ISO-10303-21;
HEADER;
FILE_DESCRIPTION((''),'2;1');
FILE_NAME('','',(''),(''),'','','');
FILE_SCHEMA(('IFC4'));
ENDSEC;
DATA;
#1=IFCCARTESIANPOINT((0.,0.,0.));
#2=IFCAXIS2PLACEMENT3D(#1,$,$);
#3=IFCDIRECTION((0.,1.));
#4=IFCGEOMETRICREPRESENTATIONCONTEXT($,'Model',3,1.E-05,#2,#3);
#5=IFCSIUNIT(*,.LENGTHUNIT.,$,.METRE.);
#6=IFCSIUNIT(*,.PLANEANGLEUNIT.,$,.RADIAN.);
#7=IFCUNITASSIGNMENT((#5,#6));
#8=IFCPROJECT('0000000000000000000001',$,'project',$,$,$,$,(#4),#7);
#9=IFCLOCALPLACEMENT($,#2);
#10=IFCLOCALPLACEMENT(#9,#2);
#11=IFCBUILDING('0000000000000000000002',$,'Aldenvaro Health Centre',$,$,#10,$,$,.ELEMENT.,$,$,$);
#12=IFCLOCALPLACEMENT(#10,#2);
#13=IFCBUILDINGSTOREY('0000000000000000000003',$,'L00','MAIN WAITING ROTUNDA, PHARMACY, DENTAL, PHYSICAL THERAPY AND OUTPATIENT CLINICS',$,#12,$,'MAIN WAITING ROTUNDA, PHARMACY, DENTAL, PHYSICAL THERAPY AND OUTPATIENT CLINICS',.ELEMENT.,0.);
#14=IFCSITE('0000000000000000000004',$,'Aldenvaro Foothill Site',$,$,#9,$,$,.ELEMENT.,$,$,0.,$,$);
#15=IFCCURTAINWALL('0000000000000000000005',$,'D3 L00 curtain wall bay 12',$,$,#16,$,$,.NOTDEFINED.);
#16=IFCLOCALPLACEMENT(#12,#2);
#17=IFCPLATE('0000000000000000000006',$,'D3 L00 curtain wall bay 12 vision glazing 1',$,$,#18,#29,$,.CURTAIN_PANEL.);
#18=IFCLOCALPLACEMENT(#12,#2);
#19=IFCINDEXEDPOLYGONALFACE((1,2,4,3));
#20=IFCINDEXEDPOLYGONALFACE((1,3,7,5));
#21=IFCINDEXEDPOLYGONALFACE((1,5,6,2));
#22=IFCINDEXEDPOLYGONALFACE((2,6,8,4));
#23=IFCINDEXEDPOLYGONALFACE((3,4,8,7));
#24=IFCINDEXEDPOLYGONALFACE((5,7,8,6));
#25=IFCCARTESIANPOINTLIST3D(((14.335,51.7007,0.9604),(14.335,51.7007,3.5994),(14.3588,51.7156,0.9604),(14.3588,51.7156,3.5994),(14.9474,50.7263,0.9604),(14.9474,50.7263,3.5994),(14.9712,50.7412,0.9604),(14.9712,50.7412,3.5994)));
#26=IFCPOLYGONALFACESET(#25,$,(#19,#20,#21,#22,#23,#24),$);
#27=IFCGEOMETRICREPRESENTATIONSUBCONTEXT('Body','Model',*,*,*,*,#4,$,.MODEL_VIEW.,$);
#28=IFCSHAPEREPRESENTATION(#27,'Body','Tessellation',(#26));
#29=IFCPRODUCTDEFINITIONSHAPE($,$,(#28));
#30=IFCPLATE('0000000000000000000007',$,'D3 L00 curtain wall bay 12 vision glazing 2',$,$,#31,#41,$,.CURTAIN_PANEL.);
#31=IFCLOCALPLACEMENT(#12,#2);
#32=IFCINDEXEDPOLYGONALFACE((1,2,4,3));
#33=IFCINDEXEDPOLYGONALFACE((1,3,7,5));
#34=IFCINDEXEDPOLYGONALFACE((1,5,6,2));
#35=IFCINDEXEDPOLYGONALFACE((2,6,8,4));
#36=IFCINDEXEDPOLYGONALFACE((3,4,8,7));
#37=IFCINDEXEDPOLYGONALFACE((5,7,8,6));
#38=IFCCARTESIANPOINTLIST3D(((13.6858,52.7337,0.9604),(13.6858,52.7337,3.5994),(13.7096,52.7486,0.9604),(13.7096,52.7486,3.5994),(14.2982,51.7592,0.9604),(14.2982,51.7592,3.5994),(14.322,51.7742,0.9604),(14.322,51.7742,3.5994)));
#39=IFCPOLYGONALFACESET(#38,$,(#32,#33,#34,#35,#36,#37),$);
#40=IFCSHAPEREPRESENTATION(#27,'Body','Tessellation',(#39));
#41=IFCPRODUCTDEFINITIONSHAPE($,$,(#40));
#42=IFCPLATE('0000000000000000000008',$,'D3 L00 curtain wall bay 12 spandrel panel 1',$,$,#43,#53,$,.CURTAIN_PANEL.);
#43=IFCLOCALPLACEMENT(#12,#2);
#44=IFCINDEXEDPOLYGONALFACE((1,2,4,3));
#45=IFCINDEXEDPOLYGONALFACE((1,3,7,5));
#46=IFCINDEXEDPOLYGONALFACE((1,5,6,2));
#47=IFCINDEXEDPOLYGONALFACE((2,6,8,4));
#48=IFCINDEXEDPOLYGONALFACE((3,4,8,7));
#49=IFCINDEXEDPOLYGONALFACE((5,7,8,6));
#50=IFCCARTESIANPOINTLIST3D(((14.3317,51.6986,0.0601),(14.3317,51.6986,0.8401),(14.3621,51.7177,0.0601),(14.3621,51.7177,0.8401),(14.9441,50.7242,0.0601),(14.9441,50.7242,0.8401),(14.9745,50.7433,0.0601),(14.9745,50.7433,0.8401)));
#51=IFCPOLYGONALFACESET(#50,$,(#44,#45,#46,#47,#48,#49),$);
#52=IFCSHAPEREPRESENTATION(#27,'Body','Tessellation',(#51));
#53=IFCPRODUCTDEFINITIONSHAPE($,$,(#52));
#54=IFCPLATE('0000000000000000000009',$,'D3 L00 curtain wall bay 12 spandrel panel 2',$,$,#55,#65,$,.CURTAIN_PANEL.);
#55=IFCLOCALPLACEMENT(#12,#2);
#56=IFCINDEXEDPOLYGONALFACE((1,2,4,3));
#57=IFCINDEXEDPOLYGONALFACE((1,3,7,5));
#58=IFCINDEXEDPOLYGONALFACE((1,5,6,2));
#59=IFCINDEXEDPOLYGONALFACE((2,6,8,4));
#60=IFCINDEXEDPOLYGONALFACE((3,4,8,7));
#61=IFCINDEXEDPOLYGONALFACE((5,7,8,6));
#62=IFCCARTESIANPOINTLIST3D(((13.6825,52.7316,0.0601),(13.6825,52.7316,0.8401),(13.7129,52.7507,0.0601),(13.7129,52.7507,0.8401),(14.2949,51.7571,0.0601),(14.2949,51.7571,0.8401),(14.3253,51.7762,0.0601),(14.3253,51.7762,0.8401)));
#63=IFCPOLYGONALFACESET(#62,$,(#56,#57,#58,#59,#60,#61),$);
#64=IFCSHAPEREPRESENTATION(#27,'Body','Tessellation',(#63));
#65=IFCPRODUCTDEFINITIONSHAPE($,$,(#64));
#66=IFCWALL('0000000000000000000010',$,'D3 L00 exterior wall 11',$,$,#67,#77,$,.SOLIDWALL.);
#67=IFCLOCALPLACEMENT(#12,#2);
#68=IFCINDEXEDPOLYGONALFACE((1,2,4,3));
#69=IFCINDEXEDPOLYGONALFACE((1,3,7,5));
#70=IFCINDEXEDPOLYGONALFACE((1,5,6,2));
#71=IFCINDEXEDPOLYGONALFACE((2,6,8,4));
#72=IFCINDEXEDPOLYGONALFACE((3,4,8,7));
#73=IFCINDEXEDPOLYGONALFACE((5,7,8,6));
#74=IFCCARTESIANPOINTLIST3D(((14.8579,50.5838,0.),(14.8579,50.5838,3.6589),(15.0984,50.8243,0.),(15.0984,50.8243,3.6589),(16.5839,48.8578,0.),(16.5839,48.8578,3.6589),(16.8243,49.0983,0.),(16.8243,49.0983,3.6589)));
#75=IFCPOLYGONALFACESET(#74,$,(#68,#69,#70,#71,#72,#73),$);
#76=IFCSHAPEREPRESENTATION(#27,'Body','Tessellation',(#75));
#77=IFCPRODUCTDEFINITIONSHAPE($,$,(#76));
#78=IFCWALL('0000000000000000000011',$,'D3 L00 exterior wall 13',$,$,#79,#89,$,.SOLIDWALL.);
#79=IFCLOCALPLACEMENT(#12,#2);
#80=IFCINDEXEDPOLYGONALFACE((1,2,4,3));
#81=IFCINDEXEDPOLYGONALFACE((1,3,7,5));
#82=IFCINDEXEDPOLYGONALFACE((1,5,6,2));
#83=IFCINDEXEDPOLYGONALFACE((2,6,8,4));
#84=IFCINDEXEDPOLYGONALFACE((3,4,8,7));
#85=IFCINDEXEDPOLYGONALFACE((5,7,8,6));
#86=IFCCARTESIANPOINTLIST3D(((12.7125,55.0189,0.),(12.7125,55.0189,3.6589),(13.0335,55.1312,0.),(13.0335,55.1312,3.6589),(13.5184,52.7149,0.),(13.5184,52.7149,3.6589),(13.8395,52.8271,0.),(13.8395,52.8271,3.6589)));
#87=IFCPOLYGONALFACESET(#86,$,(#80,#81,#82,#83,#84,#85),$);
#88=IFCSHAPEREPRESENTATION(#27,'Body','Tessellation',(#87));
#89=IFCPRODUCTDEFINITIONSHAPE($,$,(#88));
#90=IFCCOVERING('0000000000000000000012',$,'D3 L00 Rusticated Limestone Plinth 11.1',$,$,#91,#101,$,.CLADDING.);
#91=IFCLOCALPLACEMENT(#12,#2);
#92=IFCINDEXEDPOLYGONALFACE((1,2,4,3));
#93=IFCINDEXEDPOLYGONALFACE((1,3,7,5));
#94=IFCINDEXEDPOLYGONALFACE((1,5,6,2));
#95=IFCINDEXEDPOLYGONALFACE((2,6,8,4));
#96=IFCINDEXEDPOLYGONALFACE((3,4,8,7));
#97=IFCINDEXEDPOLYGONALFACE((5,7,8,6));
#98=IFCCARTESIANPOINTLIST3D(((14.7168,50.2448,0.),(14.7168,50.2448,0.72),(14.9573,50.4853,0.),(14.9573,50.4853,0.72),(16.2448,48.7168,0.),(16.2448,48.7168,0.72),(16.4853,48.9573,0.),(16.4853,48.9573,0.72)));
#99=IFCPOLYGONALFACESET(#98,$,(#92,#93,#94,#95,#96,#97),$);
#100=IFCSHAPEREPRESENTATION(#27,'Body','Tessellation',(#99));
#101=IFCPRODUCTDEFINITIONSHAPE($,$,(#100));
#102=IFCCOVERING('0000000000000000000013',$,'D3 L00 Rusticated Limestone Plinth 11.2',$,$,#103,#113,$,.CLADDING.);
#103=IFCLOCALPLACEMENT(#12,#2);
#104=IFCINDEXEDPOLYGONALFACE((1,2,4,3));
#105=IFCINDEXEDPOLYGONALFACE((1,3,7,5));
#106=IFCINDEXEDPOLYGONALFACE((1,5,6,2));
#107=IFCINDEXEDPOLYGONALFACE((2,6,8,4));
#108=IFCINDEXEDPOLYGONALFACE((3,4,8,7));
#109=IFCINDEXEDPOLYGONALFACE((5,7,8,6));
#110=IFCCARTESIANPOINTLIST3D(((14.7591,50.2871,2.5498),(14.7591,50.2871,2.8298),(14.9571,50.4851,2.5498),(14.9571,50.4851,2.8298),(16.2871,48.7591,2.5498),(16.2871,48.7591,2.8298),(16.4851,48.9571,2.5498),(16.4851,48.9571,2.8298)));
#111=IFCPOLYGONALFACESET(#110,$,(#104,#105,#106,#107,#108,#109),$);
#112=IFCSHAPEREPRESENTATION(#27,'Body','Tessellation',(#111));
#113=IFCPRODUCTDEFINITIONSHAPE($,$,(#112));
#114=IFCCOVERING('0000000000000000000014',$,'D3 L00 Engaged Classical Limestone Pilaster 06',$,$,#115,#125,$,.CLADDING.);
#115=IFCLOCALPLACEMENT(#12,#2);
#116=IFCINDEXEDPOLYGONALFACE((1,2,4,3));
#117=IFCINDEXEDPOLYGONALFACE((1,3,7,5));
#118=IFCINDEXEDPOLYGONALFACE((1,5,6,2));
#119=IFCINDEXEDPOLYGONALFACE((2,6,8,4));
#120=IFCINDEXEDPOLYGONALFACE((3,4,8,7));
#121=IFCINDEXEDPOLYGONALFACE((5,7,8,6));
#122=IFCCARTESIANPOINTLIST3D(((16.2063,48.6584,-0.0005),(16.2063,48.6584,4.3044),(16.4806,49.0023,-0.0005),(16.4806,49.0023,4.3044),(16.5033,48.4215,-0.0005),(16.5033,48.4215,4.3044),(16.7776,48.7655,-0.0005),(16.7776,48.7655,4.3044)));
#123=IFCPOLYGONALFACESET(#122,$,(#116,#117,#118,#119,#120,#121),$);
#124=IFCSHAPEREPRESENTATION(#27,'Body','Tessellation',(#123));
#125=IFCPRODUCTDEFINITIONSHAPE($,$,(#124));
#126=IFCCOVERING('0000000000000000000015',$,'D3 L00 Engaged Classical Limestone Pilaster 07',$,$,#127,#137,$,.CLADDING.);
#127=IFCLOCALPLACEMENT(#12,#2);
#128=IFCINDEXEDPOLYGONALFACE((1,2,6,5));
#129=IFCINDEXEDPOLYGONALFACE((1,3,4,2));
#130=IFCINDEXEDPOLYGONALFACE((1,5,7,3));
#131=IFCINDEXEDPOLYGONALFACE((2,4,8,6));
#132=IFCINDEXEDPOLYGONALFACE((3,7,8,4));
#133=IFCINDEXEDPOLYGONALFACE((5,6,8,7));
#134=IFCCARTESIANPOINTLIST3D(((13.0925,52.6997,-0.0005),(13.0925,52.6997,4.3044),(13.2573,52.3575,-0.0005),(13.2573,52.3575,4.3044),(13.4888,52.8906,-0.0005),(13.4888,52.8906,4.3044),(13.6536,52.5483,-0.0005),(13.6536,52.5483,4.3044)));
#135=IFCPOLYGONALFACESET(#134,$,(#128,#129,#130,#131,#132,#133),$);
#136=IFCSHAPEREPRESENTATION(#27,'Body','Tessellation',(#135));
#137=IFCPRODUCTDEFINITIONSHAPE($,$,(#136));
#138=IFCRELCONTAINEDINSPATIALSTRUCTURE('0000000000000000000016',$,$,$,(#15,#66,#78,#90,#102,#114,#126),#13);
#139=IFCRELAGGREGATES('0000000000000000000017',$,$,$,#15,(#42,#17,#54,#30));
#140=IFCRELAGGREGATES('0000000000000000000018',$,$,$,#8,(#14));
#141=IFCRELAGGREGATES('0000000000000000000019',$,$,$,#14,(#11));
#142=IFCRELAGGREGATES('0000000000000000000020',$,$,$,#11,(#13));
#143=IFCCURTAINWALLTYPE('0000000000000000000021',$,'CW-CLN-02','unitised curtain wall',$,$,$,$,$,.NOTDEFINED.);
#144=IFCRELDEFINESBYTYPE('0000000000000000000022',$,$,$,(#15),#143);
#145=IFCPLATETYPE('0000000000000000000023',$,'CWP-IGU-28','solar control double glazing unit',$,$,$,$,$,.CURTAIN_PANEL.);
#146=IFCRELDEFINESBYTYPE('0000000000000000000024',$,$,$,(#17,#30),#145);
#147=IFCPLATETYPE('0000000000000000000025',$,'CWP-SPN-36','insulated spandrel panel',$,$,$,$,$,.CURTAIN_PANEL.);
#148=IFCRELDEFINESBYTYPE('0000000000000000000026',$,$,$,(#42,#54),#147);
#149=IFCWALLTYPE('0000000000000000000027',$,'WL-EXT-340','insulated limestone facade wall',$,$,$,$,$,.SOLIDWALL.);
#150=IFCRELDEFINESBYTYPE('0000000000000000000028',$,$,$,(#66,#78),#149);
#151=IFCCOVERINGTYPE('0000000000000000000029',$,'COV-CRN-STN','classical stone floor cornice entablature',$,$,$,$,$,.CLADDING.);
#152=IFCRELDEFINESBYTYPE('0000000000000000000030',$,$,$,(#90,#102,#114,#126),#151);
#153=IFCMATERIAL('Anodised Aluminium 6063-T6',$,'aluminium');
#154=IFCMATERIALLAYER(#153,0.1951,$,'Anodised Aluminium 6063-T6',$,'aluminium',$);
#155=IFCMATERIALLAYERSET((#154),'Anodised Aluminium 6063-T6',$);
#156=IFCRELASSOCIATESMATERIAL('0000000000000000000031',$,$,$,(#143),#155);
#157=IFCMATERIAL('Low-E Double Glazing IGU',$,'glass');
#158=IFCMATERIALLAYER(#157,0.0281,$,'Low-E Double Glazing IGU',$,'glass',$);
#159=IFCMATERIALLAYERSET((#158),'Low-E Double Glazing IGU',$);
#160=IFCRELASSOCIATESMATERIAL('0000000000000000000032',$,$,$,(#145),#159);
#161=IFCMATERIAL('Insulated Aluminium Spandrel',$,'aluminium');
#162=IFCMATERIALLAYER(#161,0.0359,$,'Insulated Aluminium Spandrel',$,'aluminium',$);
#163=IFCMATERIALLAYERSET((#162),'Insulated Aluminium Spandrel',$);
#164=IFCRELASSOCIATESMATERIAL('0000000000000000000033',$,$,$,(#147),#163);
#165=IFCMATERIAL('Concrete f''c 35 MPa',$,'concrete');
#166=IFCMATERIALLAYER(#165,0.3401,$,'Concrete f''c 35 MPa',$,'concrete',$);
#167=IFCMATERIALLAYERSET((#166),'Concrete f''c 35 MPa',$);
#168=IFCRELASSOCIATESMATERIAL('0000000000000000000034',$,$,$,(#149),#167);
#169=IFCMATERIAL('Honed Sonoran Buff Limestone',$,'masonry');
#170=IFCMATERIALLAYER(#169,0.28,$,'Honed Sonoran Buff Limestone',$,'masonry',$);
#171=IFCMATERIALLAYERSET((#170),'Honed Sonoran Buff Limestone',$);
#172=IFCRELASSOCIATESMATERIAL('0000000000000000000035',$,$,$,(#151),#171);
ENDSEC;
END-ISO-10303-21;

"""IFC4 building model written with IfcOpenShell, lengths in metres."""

from ifc_helpers import new_model, si_unit, direction, frame, frame_2d, origin, origin_2d, place, context, subcontext, project, spatial, rectangle, extrude, material, layer, layer_set, type_object, element, aggregate, save


model = new_model("IFC4")

# Units and contexts
model_context = context("Model", 3, precision=1e-05, world=origin(), true_north=direction((0.0, 1.0)))
body_context = subcontext(model_context, "Body", "Model", "MODEL_VIEW")
ifc_project = project(units=[si_unit("LENGTHUNIT", "METRE"), si_unit("PLANEANGLEUNIT", "RADIAN")], contexts=[model_context])

# Site, building, storey
site_placement = place(None, origin())
site = spatial("IfcSite", under=ifc_project, at=site_placement, Name="Aldenvaro Foothill Site", CompositionType="ELEMENT", RefElevation=0.0)
building_placement = place(site_placement, origin())
building = spatial("IfcBuilding", under=site, at=building_placement, Name="Aldenvaro Health Centre", CompositionType="ELEMENT")
storey_placement = place(building_placement, origin())
storey = spatial("IfcBuildingStorey", under=building, at=storey_placement, Name="L00", Description="MAIN WAITING ROTUNDA, PHARMACY, DENTAL, PHYSICAL THERAPY AND OUTPATIENT CLINICS", LongName="MAIN WAITING ROTUNDA, PHARMACY, DENTAL, PHYSICAL THERAPY AND OUTPATIENT CLINICS", CompositionType="ELEMENT", Elevation=0.0)

# Curtain wall
ifc_material_1 = material(Name="Anodised Aluminium 6063-T6", Category="aluminium")
ifc_layer_1 = layer(ifc_material_1, 0.1951, Name="Anodised Aluminium 6063-T6", Category="aluminium")
ifc_layer_set_1 = layer_set([ifc_layer_1], Name="Anodised Aluminium 6063-T6")
curtain_wall_type = type_object("IfcCurtainWallType", Name="CW-CLN-02", Description="unitised curtain wall", PredefinedType="NOTDEFINED", material=ifc_layer_set_1)
curtain_wall_placement = place(storey_placement, origin())
curtain_wall = element("IfcCurtainWall", 1, at=curtain_wall_placement, inside=storey, type_object=curtain_wall_type, Name="D3 L00 curtain wall bay 12", PredefinedType="NOTDEFINED")

# Plates
ifc_material_2 = material(Name="Low-E Double Glazing IGU", Category="glass")
ifc_layer_2 = layer(ifc_material_2, 0.0281, Name="Low-E Double Glazing IGU", Category="glass")
ifc_layer_set_2 = layer_set([ifc_layer_2], Name="Low-E Double Glazing IGU")
plate_type_1 = type_object("IfcPlateType", Name="CWP-IGU-28", Description="solar control double glazing unit", PredefinedType="CURTAIN_PANEL", material=ifc_layer_set_2)
plate_1_placement = place(storey_placement, frame((14.6531, 51.2209, 0.9604), z_axis=(0.0, 0.0, 1.0), x_axis=(-0.532096, 0.846684, 0.0)))
plate_1 = element("IfcPlate", 2, at=plate_1_placement, type_object=plate_type_1, Name="D3 L00 curtain wall bay 12 vision glazing 1", PredefinedType="CURTAIN_PANEL", context=body_context, shape_type="SweptSolid", body=[
    extrude(rectangle(XDim=1.1509, YDim=0.0281, at=origin_2d()), origin(), (0.0, 0.0, 1.0), 2.6389),
])
plate_2_placement = place(storey_placement, frame((14.0039, 52.2539, 0.9604), z_axis=(0.0, 0.0, 1.0), x_axis=(-0.532096, 0.846684, 0.0)))
plate_2 = element("IfcPlate", 3, at=plate_2_placement, type_object=plate_type_1, Name="D3 L00 curtain wall bay 12 vision glazing 2", PredefinedType="CURTAIN_PANEL", context=body_context, shape_type="SweptSolid", body=[
    extrude(rectangle(XDim=1.1509, YDim=0.0281, at=origin_2d()), origin(), (0.0, 0.0, 1.0), 2.6389),
])
ifc_material_3 = material(Name="Insulated Aluminium Spandrel", Category="aluminium")
ifc_layer_3 = layer(ifc_material_3, 0.0359, Name="Insulated Aluminium Spandrel", Category="aluminium")
ifc_layer_set_3 = layer_set([ifc_layer_3], Name="Insulated Aluminium Spandrel")
plate_type_2 = type_object("IfcPlateType", Name="CWP-SPN-36", Description="insulated spandrel panel", PredefinedType="CURTAIN_PANEL", material=ifc_layer_set_3)
plate_3_placement = place(storey_placement, frame((14.6531, 51.2209, 0.0601), z_axis=(0.0, 0.0, 1.0), x_axis=(-0.532096, 0.846684, 0.0)))
plate_3 = element("IfcPlate", 4, at=plate_3_placement, type_object=plate_type_2, Name="D3 L00 curtain wall bay 12 spandrel panel 1", PredefinedType="CURTAIN_PANEL", context=body_context, shape_type="SweptSolid", body=[
    extrude(rectangle(XDim=1.1509, YDim=0.0359, at=origin_2d()), origin(), (0.0, 0.0, 1.0), 0.78),
])
plate_4_placement = place(storey_placement, frame((14.0039, 52.2539, 0.0601), z_axis=(0.0, 0.0, 1.0), x_axis=(-0.532096, 0.846684, 0.0)))
plate_4 = element("IfcPlate", 5, at=plate_4_placement, type_object=plate_type_2, Name="D3 L00 curtain wall bay 12 spandrel panel 2", PredefinedType="CURTAIN_PANEL", context=body_context, shape_type="SweptSolid", body=[
    extrude(rectangle(XDim=1.1509, YDim=0.0359, at=origin_2d()), origin(), (0.0, 0.0, 1.0), 0.78),
])
aggregate(curtain_wall, [plate_3, plate_1, plate_4, plate_2])

# Walls
ifc_material_4 = material(Name="Concrete f'c 35 MPa", Category="concrete")
ifc_layer_4 = layer(ifc_material_4, 0.3401, Name="Concrete f'c 35 MPa", Category="concrete")
ifc_layer_set_4 = layer_set([ifc_layer_4], Name="Concrete f'c 35 MPa")
wall_type = type_object("IfcWallType", Name="WL-EXT-340", Description="insulated limestone facade wall", PredefinedType="SOLIDWALL", material=ifc_layer_set_4)
for number, where, z_axis, x_axis, name in (
    (6, (16.7041, 48.978, 0.0), (0.0, 0.0, 1.0), (-0.707107, 0.707107, 0.0), "D3 L00 exterior wall 11"),
    (7, (13.679, 52.771, 0.0), (0.0, 0.0, 1.0), (-0.330177, 0.943919, 0.0), "D3 L00 exterior wall 13"),
):
    element("IfcWall", number, at=place(storey_placement, frame(where, z_axis=z_axis, x_axis=x_axis)), inside=storey, type_object=wall_type, Name=name, PredefinedType="SOLIDWALL", context=body_context, shape_type="SweptSolid", body=[
        extrude(rectangle(XDim=2.4409, YDim=0.3401, at=frame_2d((1.2205, 0.0))), origin(), (0.0, 0.0, 1.0), 3.6589),
    ])

# Coverings
ifc_material_5 = material(Name="Honed Sonoran Buff Limestone", Category="masonry")
ifc_layer_5 = layer(ifc_material_5, 0.28, Name="Honed Sonoran Buff Limestone", Category="masonry")
ifc_layer_set_5 = layer_set([ifc_layer_5], Name="Honed Sonoran Buff Limestone")
covering_type = type_object("IfcCoveringType", Name="COV-CRN-STN", Description="classical stone floor cornice entablature", PredefinedType="CLADDING", material=ifc_layer_set_5)
covering_1_placement = place(storey_placement, frame((15.6011, 49.6011, 0.0), z_axis=(0.0, 0.0, 1.0), x_axis=(-0.707107, 0.707107, 0.0)))
element("IfcCovering", 8, at=covering_1_placement, inside=storey, type_object=covering_type, Name="D3 L00 Rusticated Limestone Plinth 11.1", PredefinedType="CLADDING", context=body_context, shape_type="SweptSolid", body=[
    extrude(rectangle(XDim=2.1609, YDim=0.3401, at=origin_2d()), origin(), (0.0, 0.0, 1.0), 0.72),
])
covering_2_placement = place(storey_placement, frame((15.6221, 49.6221, 2.5498), z_axis=(0.0, 0.0, 1.0), x_axis=(-0.707107, 0.707107, 0.0)))
element("IfcCovering", 9, at=covering_2_placement, inside=storey, type_object=covering_type, Name="D3 L00 Rusticated Limestone Plinth 11.2", PredefinedType="CLADDING", context=body_context, shape_type="SweptSolid", body=[
    extrude(rectangle(XDim=2.1609, YDim=0.28, at=origin_2d()), origin(), (0.0, 0.0, 1.0), 0.28),
])
for number, where, z_axis, x_axis, name in (
    (10, (16.4919, 48.7119, -0.0005), (0.0, 0.0, 1.0), (-0.623486, -0.781835, 0.0), "D3 L00 Engaged Classical Limestone Pilaster 06"),
    (11, (13.373, 52.624, -0.0005), (0.0, 0.0, 1.0), (-0.900988, -0.433843, 0.0), "D3 L00 Engaged Classical Limestone Pilaster 07"),
):
    element("IfcCovering", number, at=place(storey_placement, frame(where, z_axis=z_axis, x_axis=x_axis)), inside=storey, type_object=covering_type, Name=name, PredefinedType="CLADDING", context=body_context, shape_type="SweptSolid", body=[
        extrude(rectangle(XDim=0.4399, YDim=0.3799, at=origin_2d()), origin(), (0.0, 0.0, 1.0), 4.3049),
    ])

save(model, "model.ifc")
